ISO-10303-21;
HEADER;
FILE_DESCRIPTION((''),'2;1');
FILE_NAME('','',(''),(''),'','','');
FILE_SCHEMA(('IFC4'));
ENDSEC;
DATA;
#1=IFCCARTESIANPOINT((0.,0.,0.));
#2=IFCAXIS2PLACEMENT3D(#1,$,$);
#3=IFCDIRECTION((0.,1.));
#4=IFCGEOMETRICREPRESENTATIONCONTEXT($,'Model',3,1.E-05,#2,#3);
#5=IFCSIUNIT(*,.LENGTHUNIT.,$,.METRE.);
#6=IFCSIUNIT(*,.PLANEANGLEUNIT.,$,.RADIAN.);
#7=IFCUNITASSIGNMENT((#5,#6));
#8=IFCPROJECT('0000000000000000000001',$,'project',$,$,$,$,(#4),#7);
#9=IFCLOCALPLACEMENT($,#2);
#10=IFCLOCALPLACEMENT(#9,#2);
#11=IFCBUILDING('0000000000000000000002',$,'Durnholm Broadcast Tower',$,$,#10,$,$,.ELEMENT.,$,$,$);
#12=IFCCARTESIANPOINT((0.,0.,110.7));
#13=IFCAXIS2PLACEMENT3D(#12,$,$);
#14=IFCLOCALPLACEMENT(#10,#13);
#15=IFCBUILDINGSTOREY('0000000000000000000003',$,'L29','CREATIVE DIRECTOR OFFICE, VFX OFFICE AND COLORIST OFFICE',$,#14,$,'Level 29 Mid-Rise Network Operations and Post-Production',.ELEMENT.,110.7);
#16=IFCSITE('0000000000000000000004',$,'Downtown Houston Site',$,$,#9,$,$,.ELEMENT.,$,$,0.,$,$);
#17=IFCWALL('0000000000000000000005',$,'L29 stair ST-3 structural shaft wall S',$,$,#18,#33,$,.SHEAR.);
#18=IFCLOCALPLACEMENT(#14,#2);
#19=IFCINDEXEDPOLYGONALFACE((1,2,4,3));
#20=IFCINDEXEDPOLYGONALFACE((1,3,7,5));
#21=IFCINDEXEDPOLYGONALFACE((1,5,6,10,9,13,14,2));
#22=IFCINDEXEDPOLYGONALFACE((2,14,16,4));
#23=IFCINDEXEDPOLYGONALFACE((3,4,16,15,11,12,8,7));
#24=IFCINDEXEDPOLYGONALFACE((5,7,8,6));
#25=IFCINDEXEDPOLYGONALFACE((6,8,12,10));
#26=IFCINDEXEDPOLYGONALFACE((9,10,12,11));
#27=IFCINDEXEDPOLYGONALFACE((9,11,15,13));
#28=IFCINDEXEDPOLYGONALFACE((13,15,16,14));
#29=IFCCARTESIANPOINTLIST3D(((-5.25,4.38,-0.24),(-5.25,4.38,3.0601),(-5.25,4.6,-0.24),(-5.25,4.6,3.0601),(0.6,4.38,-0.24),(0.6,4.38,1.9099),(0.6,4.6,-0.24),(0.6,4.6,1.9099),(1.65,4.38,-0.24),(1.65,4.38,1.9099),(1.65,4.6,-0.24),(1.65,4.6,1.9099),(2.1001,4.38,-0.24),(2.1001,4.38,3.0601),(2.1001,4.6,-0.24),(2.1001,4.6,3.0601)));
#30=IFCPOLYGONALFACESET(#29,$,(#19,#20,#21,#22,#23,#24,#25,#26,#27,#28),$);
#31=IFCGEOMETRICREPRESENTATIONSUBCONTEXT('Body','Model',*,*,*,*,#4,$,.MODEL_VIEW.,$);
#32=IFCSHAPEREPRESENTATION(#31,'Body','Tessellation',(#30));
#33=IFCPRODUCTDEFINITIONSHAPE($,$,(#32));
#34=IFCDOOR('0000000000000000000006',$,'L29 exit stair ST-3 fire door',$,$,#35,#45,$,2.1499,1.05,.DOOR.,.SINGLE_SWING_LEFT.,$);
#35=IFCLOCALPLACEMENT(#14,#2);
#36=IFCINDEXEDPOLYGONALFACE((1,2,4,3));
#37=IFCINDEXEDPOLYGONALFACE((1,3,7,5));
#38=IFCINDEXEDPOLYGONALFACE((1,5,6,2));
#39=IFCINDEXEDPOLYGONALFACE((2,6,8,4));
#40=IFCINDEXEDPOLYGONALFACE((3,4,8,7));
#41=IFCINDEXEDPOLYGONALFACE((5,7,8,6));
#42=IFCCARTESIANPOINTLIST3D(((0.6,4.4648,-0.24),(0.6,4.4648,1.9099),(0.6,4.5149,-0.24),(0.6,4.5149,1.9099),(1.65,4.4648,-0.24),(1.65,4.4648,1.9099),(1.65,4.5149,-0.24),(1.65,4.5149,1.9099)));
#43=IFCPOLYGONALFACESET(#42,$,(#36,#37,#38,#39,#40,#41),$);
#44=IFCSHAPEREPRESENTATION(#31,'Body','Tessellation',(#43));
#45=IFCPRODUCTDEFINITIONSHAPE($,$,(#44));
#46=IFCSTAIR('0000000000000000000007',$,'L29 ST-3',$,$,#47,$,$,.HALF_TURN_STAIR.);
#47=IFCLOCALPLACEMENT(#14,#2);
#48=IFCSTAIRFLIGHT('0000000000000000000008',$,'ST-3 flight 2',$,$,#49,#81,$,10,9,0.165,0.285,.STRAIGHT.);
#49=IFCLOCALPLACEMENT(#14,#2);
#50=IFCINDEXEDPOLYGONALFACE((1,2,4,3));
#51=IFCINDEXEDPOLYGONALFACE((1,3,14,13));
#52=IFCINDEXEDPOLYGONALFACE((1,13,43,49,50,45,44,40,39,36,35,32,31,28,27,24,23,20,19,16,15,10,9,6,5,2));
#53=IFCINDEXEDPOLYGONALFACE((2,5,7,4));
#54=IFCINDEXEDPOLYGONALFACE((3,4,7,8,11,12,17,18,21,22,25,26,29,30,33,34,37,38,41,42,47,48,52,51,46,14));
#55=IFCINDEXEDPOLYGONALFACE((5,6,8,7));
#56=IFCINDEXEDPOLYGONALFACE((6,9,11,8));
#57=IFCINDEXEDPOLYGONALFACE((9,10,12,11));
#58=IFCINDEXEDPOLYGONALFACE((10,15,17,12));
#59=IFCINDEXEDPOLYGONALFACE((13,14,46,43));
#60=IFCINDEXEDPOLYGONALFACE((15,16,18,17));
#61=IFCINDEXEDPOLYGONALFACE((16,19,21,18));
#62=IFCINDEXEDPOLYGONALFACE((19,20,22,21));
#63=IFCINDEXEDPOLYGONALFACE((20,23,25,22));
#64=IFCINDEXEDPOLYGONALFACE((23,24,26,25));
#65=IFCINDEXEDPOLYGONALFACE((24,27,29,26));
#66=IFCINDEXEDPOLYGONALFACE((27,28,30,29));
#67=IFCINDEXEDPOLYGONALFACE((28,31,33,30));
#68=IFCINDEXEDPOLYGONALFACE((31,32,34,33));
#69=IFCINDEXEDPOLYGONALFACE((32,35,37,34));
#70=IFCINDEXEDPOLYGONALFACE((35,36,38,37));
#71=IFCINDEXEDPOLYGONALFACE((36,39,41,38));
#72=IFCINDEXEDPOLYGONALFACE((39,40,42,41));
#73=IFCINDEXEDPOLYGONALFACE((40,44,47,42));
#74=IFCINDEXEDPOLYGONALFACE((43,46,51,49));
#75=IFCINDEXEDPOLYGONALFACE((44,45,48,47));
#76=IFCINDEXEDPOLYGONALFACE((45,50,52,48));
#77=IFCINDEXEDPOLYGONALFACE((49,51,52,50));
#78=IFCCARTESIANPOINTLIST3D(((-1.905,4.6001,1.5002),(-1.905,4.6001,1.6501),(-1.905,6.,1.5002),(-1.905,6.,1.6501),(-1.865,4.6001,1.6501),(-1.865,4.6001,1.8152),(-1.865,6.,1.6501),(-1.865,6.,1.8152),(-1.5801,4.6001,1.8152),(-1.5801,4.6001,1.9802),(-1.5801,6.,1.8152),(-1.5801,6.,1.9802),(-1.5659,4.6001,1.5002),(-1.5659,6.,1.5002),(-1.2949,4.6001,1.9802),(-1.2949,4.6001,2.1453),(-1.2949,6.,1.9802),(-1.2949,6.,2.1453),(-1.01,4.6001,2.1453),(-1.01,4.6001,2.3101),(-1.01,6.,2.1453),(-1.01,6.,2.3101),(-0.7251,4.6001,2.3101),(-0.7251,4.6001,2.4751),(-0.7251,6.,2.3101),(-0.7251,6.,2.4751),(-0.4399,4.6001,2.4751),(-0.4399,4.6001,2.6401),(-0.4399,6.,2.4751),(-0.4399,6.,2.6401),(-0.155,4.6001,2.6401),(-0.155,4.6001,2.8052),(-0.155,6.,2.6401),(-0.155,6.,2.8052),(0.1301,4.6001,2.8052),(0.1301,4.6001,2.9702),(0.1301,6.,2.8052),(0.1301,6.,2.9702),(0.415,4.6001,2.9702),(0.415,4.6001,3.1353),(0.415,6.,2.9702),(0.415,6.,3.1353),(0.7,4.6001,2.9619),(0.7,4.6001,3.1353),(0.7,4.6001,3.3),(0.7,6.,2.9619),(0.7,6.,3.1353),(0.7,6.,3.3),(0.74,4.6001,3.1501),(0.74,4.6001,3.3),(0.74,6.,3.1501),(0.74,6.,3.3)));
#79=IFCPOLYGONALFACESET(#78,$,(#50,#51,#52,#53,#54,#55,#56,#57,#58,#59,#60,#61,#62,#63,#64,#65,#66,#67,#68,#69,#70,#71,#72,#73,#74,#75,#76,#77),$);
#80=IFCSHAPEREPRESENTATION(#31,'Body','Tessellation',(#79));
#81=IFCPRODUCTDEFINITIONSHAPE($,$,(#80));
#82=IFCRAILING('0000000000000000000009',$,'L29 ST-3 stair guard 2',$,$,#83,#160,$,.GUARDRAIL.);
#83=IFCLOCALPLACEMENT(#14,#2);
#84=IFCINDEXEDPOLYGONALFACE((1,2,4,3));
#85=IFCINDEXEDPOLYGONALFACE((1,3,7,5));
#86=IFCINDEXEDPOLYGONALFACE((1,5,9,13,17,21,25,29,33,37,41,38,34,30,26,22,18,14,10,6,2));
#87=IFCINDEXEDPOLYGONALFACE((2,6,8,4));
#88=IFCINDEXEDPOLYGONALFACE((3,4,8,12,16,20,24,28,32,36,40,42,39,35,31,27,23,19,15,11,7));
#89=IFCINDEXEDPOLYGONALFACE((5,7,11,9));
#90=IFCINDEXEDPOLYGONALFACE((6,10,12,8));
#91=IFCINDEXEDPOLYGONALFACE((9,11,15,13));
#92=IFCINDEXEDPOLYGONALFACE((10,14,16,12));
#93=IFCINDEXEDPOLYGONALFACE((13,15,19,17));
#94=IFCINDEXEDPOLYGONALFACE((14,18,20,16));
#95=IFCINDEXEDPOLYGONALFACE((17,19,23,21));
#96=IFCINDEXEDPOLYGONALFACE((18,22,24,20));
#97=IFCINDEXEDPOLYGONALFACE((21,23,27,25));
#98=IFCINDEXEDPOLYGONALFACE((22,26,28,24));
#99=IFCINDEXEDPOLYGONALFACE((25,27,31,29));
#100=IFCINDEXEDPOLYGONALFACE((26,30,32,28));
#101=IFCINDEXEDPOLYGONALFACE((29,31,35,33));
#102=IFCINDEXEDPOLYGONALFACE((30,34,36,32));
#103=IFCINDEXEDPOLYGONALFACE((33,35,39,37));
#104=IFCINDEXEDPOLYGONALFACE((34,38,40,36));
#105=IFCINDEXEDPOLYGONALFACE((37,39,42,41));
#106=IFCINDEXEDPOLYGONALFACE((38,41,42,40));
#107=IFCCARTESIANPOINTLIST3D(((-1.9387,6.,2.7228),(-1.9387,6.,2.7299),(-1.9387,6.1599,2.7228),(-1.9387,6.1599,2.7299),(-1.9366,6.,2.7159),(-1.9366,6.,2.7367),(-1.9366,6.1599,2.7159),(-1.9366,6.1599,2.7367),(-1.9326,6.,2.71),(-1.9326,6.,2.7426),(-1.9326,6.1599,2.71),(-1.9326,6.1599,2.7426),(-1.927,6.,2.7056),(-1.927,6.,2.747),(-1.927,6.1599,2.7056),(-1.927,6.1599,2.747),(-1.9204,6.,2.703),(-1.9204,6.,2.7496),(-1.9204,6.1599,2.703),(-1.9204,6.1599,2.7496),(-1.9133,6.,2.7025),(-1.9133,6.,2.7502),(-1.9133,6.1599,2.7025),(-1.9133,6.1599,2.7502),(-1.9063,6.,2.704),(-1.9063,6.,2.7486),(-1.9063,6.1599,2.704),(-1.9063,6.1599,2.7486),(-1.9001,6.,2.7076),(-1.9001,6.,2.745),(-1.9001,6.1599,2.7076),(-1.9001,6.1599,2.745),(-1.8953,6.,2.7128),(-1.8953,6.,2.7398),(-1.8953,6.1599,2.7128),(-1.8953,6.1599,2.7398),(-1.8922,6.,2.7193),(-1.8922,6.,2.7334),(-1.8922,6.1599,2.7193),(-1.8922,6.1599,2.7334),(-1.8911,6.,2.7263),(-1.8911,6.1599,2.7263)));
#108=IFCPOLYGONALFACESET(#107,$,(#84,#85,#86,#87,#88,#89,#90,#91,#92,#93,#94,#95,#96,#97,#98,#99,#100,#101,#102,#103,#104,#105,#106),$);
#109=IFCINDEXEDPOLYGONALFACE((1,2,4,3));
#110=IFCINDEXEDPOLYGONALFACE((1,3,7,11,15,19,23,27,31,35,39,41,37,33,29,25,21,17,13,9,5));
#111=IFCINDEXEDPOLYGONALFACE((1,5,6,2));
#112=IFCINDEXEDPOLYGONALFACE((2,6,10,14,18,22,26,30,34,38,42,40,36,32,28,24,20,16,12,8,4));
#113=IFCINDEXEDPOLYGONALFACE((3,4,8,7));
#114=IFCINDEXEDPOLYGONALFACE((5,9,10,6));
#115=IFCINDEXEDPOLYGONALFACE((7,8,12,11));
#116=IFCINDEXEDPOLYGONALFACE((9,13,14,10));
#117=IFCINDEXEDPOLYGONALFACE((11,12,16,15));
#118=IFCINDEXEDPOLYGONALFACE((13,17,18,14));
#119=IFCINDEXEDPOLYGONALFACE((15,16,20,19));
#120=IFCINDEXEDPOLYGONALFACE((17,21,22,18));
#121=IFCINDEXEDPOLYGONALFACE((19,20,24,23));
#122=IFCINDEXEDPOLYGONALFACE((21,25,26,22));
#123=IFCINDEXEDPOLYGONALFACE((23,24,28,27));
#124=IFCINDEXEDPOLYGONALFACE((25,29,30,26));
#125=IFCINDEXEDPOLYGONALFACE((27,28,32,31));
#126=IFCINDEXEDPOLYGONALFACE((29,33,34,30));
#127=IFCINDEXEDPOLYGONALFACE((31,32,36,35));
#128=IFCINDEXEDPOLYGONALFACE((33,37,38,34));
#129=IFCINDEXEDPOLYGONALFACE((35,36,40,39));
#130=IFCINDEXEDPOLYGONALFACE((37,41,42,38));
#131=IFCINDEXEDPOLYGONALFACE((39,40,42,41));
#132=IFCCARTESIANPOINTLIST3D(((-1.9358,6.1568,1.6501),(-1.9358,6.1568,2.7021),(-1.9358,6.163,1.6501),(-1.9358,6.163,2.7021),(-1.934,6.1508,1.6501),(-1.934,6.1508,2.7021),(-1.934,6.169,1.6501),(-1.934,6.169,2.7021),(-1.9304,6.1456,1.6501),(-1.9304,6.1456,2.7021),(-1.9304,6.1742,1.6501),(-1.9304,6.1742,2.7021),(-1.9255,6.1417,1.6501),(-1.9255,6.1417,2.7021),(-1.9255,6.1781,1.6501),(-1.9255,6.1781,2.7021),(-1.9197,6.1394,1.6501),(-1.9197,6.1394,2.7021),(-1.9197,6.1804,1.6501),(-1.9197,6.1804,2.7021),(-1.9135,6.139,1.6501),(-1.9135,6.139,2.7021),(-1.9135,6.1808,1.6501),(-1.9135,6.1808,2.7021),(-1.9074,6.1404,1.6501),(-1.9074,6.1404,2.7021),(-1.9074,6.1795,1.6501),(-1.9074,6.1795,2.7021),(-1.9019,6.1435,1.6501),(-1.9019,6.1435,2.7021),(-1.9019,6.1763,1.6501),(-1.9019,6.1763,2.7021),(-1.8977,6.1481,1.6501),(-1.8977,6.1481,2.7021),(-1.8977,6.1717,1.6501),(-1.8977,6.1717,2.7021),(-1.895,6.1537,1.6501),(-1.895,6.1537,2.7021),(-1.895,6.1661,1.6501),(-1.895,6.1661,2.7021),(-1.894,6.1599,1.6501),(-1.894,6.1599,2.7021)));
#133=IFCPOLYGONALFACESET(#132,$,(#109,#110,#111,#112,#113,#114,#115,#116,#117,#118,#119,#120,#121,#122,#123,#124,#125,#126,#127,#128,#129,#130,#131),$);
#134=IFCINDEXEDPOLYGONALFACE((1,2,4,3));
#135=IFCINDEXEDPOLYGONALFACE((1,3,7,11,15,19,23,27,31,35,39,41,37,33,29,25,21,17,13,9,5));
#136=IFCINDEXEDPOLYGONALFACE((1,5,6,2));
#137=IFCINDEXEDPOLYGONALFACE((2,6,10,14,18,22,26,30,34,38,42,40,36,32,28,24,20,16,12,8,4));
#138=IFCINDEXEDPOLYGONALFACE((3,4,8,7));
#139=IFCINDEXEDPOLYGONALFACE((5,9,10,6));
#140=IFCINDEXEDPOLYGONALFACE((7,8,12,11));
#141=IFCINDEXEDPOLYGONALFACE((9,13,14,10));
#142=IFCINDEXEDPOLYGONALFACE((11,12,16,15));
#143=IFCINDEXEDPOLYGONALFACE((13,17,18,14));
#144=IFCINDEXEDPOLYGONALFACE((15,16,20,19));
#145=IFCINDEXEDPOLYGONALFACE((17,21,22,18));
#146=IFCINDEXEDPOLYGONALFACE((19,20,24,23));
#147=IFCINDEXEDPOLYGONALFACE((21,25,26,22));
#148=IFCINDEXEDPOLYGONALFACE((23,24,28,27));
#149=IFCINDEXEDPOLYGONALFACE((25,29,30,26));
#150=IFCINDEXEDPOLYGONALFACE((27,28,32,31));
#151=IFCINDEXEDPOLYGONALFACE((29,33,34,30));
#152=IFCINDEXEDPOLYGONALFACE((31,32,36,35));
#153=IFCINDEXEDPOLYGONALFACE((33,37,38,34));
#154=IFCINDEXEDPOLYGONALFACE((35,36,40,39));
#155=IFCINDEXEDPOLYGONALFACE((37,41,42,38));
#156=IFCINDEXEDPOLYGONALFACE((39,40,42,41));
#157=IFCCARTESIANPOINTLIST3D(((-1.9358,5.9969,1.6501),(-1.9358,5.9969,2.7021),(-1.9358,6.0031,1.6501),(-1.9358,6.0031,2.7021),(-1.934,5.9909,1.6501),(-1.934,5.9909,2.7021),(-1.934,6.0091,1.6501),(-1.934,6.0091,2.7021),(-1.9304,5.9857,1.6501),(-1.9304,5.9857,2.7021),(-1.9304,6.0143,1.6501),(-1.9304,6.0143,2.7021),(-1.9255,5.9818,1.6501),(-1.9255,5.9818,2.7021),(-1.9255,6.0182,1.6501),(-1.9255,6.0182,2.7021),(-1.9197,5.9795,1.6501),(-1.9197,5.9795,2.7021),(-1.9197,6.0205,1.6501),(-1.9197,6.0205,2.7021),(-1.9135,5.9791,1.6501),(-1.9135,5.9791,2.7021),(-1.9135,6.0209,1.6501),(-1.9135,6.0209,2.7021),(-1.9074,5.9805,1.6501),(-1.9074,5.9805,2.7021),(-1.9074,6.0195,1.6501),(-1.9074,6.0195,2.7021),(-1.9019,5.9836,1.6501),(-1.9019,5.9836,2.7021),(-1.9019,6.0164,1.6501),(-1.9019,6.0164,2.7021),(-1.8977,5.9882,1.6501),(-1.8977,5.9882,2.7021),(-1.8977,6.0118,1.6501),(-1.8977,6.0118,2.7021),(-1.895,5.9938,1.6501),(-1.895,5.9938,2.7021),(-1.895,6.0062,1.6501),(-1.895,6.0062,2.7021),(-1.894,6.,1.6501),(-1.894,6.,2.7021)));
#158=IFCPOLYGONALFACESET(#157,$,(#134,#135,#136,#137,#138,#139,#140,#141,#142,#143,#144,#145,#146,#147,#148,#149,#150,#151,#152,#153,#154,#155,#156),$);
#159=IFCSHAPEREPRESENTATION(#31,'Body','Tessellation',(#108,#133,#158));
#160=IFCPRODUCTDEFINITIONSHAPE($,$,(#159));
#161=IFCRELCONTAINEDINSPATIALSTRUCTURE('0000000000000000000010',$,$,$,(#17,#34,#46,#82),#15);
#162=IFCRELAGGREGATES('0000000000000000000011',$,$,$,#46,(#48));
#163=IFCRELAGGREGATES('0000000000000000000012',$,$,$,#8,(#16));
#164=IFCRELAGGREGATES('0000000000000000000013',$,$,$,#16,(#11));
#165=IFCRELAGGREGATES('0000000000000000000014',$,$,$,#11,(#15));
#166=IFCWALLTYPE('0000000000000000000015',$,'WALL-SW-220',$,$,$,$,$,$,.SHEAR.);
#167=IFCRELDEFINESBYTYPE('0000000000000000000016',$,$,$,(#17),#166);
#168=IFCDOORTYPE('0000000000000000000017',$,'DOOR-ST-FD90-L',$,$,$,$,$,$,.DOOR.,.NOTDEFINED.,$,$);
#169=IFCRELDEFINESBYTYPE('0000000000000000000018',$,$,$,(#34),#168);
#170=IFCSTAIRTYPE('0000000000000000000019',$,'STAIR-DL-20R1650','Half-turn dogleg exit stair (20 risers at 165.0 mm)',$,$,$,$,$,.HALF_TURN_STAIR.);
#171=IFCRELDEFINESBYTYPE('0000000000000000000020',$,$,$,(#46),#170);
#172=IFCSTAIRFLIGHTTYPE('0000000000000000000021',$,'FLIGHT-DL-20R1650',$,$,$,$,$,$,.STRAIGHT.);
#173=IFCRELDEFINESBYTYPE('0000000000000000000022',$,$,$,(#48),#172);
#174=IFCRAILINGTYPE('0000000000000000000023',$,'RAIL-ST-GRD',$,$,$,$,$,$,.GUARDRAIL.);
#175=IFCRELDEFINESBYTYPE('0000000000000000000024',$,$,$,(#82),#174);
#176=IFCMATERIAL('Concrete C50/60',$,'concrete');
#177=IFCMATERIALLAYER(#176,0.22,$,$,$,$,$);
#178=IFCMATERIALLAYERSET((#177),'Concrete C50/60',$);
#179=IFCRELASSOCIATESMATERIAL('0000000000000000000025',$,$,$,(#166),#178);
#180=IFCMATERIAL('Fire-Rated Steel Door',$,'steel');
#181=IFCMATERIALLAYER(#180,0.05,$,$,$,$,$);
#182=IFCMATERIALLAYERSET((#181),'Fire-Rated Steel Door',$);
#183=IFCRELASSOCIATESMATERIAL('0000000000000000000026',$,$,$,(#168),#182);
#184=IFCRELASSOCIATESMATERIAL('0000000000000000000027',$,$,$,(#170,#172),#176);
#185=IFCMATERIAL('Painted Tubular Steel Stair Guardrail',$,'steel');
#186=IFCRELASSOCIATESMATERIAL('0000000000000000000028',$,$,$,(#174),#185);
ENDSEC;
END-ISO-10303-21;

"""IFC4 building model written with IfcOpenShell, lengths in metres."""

from ifc_helpers import new_model, si_unit, direction, frame, frame_2d, origin, origin_2d, place, context, subcontext, project, spatial, polyline, rectangle, circle, outline, extrude, source, transform, mapped, material, layer, layer_set, type_object, type_shapes, element, fill, aggregate, save


model = new_model("IFC4")

# Units and contexts
model_context = context("Model", 3, precision=1e-05, world=origin(), true_north=direction((0.0, 1.0)))
body_context = subcontext(model_context, "Body", "Model", "MODEL_VIEW")
ifc_project = project(units=[si_unit("LENGTHUNIT", "METRE"), si_unit("PLANEANGLEUNIT", "RADIAN")], contexts=[model_context])

# Site, building, storey
site_placement = place(None, origin())
site = spatial("IfcSite", under=ifc_project, at=site_placement, Name="Downtown Houston Site", CompositionType="ELEMENT", RefElevation=0.0)
building_placement = place(site_placement, origin())
building = spatial("IfcBuilding", under=site, at=building_placement, Name="Durnholm Broadcast Tower", CompositionType="ELEMENT")
storey_placement = place(building_placement, frame((0.0, 0.0, 110.7)))
storey = spatial("IfcBuildingStorey", under=building, at=storey_placement, Name="L29", Description="CREATIVE DIRECTOR OFFICE, VFX OFFICE AND COLORIST OFFICE", LongName="Level 29 Mid-Rise Network Operations and Post-Production", CompositionType="ELEMENT", Elevation=110.7)

# Shared definitions
ifc_material_1 = material(Name="Concrete C50/60", Category="concrete")
ifc_layer_1 = layer(ifc_material_1, 0.22)
ifc_layer_set_1 = layer_set([ifc_layer_1], Name="Concrete C50/60")
wall_type_1 = type_object("IfcWallType", Name="WALL-SW-220", PredefinedType="SHEAR", material=ifc_layer_set_1)

# Wall, opening, door
wall_1_placement = place(storey_placement, frame((-5.25, 4.49, -0.24), z_axis=(0.0, 0.0, 1.0), x_axis=(1.0, 0.0, 0.0)))
wall_1 = element("IfcWall", 1, at=wall_1_placement, inside=storey, type_object=wall_type_1, Name="L29 stair ST-3 structural shaft wall S", PredefinedType="SHEAR", context=body_context, shape_type="SweptSolid", body=[
    extrude(rectangle(XDim=7.3501, YDim=0.22, at=frame_2d((3.675, 0.0))), origin(), (0.0, 0.0, 1.0), 3.3),
])
opening_1_placement = place(wall_1_placement, frame((5.8501, 0.0, 0.0)))
opening_1 = element("IfcOpeningElement", 2, at=opening_1_placement, cuts=wall_1, PredefinedType="OPENING", context=body_context, shape_type="SweptSolid", body=[
    extrude(rectangle(XDim=1.05, YDim=2.1499, at=frame_2d((0.5249, 1.075))), frame((0.0, 0.1201, 0.0), z_axis=(0.0, -1.0, 0.0), x_axis=(1.0, 0.0, 0.0)), (0.0, 0.0, 1.0), 0.24),
])
ifc_material_2 = material(Name="Fire-Rated Steel Door", Category="steel")
ifc_layer_2 = layer(ifc_material_2, 0.05)
ifc_layer_set_2 = layer_set([ifc_layer_2], Name="Fire-Rated Steel Door")
door_type_1 = type_object("IfcDoorType", Name="DOOR-ST-FD90-L", OperationType="NOTDEFINED", PredefinedType="DOOR", material=ifc_layer_set_2)
shared_shape_1 = source(origin(), body_context, "Body", "SweptSolid", [
    extrude(rectangle(XDim=1.05, YDim=2.1499, at=frame_2d((0.5249, 1.075))), frame((0.0, 0.0249, 0.0), z_axis=(0.0, -1.0, 0.0), x_axis=(1.0, 0.0, 0.0)), (0.0, 0.0, 1.0), 0.05),
])
type_shapes(door_type_1, [shared_shape_1])
door_1_placement = place(opening_1_placement, origin())
door_1 = element("IfcDoor", 3, at=door_1_placement, inside=storey, type_object=door_type_1, Name="L29 exit stair ST-3 fire door", OperationType="SINGLE_SWING_LEFT", OverallHeight=2.1499, OverallWidth=1.05, PredefinedType="DOOR", context=body_context, shape_type="MappedRepresentation", body=[
    mapped(shared_shape_1, transform((0.0, 0.0, 0.0), x_axis=(1.0, 0.0, 0.0), y_axis=(0.0, 1.0, 0.0), z_axis=(0.0, 0.0, 1.0), scale=1.0)),
])
fill(opening_1, door_1)

# Stair, stair flight
stair_type = type_object("IfcStairType", Name="STAIR-DL-20R1650", Description="Half-turn dogleg exit stair (20 risers at 165.0 mm)", PredefinedType="HALF_TURN_STAIR", material=ifc_material_1)
stair_placement = place(storey_placement, origin())
stair = element("IfcStair", 4, at=stair_placement, inside=storey, type_object=stair_type, Name="L29 ST-3", PredefinedType="HALF_TURN_STAIR")
stair_flight_type = type_object("IfcStairFlightType", Name="FLIGHT-DL-20R1650", PredefinedType="STRAIGHT", material=ifc_material_1)
stair_flight_placement = place(storey_placement, frame((-1.865, 5.3, 1.6501), z_axis=(0.0, 0.0, 1.0), x_axis=(1.0, 0.0, 0.0)))
stair_flight = element("IfcStairFlight", 5, at=stair_flight_placement, type_object=stair_flight_type, Name="ST-3 flight 2", NumberOfRisers=10, NumberOfTreads=9, PredefinedType="STRAIGHT", RiserHeight=0.165, TreadLength=0.285, context=body_context, shape_type="SweptSolid", body=[
    extrude(outline(polyline([(-0.04, -0.1499), (-0.04, 0.0), (0.0, 0.0), (0.0, 0.165), (0.2849, 0.165), (0.2849, 0.3301), (0.5701, 0.3301), (0.5701, 0.4951), (0.855, 0.4951), (0.855, 0.6599), (1.1399, 0.6599), (1.1399, 0.825), (1.425, 0.825), (1.425, 0.99), (1.71, 0.99), (1.71, 1.155), (1.9951, 1.155), (1.9951, 1.3201), (2.28, 1.3201), (2.28, 1.4851), (2.5649, 1.4851), (2.5649, 1.6499), (2.605, 1.6499), (2.605, 1.5), (2.5649, 1.3118), (0.2991, -0.1499), (-0.04, -0.1499)])), frame((0.0, 0.7, 0.0), z_axis=(0.0, -1.0, 0.0), x_axis=(1.0, 0.0, 0.0)), (0.0, 0.0, 1.0), 1.3999),
])
aggregate(stair, [stair_flight])

# Railing
ifc_material_3 = material(Name="Painted Tubular Steel Stair Guardrail", Category="steel")
railing_type_1 = type_object("IfcRailingType", Name="RAIL-ST-GRD", PredefinedType="GUARDRAIL", material=ifc_material_3)
railing_1_placement = place(storey_placement, frame((-1.915, 6.1599, 1.6501)))
element("IfcRailing", 6, at=railing_1_placement, inside=storey, type_object=railing_type_1, Name="L29 ST-3 stair guard 2", PredefinedType="GUARDRAIL", context=body_context, shape_type="SweptSolid", body=[
    extrude(circle(Radius=0.0239, at=origin_2d()), frame((0.0, 0.0, 1.0762), z_axis=(0.0, -1.0, 0.0), x_axis=(1.0, 0.0, 0.0)), (0.0, 0.0, 1.0), 0.1599),
    extrude(circle(Radius=0.021, at=origin_2d()), origin(), (0.0, 0.0, 1.0), 1.052),
    extrude(circle(Radius=0.021, at=origin_2d()), frame((0.0, -0.1599, 0.0)), (0.0, 0.0, 1.0), 1.052),
])

save(model, "model.ifc")
